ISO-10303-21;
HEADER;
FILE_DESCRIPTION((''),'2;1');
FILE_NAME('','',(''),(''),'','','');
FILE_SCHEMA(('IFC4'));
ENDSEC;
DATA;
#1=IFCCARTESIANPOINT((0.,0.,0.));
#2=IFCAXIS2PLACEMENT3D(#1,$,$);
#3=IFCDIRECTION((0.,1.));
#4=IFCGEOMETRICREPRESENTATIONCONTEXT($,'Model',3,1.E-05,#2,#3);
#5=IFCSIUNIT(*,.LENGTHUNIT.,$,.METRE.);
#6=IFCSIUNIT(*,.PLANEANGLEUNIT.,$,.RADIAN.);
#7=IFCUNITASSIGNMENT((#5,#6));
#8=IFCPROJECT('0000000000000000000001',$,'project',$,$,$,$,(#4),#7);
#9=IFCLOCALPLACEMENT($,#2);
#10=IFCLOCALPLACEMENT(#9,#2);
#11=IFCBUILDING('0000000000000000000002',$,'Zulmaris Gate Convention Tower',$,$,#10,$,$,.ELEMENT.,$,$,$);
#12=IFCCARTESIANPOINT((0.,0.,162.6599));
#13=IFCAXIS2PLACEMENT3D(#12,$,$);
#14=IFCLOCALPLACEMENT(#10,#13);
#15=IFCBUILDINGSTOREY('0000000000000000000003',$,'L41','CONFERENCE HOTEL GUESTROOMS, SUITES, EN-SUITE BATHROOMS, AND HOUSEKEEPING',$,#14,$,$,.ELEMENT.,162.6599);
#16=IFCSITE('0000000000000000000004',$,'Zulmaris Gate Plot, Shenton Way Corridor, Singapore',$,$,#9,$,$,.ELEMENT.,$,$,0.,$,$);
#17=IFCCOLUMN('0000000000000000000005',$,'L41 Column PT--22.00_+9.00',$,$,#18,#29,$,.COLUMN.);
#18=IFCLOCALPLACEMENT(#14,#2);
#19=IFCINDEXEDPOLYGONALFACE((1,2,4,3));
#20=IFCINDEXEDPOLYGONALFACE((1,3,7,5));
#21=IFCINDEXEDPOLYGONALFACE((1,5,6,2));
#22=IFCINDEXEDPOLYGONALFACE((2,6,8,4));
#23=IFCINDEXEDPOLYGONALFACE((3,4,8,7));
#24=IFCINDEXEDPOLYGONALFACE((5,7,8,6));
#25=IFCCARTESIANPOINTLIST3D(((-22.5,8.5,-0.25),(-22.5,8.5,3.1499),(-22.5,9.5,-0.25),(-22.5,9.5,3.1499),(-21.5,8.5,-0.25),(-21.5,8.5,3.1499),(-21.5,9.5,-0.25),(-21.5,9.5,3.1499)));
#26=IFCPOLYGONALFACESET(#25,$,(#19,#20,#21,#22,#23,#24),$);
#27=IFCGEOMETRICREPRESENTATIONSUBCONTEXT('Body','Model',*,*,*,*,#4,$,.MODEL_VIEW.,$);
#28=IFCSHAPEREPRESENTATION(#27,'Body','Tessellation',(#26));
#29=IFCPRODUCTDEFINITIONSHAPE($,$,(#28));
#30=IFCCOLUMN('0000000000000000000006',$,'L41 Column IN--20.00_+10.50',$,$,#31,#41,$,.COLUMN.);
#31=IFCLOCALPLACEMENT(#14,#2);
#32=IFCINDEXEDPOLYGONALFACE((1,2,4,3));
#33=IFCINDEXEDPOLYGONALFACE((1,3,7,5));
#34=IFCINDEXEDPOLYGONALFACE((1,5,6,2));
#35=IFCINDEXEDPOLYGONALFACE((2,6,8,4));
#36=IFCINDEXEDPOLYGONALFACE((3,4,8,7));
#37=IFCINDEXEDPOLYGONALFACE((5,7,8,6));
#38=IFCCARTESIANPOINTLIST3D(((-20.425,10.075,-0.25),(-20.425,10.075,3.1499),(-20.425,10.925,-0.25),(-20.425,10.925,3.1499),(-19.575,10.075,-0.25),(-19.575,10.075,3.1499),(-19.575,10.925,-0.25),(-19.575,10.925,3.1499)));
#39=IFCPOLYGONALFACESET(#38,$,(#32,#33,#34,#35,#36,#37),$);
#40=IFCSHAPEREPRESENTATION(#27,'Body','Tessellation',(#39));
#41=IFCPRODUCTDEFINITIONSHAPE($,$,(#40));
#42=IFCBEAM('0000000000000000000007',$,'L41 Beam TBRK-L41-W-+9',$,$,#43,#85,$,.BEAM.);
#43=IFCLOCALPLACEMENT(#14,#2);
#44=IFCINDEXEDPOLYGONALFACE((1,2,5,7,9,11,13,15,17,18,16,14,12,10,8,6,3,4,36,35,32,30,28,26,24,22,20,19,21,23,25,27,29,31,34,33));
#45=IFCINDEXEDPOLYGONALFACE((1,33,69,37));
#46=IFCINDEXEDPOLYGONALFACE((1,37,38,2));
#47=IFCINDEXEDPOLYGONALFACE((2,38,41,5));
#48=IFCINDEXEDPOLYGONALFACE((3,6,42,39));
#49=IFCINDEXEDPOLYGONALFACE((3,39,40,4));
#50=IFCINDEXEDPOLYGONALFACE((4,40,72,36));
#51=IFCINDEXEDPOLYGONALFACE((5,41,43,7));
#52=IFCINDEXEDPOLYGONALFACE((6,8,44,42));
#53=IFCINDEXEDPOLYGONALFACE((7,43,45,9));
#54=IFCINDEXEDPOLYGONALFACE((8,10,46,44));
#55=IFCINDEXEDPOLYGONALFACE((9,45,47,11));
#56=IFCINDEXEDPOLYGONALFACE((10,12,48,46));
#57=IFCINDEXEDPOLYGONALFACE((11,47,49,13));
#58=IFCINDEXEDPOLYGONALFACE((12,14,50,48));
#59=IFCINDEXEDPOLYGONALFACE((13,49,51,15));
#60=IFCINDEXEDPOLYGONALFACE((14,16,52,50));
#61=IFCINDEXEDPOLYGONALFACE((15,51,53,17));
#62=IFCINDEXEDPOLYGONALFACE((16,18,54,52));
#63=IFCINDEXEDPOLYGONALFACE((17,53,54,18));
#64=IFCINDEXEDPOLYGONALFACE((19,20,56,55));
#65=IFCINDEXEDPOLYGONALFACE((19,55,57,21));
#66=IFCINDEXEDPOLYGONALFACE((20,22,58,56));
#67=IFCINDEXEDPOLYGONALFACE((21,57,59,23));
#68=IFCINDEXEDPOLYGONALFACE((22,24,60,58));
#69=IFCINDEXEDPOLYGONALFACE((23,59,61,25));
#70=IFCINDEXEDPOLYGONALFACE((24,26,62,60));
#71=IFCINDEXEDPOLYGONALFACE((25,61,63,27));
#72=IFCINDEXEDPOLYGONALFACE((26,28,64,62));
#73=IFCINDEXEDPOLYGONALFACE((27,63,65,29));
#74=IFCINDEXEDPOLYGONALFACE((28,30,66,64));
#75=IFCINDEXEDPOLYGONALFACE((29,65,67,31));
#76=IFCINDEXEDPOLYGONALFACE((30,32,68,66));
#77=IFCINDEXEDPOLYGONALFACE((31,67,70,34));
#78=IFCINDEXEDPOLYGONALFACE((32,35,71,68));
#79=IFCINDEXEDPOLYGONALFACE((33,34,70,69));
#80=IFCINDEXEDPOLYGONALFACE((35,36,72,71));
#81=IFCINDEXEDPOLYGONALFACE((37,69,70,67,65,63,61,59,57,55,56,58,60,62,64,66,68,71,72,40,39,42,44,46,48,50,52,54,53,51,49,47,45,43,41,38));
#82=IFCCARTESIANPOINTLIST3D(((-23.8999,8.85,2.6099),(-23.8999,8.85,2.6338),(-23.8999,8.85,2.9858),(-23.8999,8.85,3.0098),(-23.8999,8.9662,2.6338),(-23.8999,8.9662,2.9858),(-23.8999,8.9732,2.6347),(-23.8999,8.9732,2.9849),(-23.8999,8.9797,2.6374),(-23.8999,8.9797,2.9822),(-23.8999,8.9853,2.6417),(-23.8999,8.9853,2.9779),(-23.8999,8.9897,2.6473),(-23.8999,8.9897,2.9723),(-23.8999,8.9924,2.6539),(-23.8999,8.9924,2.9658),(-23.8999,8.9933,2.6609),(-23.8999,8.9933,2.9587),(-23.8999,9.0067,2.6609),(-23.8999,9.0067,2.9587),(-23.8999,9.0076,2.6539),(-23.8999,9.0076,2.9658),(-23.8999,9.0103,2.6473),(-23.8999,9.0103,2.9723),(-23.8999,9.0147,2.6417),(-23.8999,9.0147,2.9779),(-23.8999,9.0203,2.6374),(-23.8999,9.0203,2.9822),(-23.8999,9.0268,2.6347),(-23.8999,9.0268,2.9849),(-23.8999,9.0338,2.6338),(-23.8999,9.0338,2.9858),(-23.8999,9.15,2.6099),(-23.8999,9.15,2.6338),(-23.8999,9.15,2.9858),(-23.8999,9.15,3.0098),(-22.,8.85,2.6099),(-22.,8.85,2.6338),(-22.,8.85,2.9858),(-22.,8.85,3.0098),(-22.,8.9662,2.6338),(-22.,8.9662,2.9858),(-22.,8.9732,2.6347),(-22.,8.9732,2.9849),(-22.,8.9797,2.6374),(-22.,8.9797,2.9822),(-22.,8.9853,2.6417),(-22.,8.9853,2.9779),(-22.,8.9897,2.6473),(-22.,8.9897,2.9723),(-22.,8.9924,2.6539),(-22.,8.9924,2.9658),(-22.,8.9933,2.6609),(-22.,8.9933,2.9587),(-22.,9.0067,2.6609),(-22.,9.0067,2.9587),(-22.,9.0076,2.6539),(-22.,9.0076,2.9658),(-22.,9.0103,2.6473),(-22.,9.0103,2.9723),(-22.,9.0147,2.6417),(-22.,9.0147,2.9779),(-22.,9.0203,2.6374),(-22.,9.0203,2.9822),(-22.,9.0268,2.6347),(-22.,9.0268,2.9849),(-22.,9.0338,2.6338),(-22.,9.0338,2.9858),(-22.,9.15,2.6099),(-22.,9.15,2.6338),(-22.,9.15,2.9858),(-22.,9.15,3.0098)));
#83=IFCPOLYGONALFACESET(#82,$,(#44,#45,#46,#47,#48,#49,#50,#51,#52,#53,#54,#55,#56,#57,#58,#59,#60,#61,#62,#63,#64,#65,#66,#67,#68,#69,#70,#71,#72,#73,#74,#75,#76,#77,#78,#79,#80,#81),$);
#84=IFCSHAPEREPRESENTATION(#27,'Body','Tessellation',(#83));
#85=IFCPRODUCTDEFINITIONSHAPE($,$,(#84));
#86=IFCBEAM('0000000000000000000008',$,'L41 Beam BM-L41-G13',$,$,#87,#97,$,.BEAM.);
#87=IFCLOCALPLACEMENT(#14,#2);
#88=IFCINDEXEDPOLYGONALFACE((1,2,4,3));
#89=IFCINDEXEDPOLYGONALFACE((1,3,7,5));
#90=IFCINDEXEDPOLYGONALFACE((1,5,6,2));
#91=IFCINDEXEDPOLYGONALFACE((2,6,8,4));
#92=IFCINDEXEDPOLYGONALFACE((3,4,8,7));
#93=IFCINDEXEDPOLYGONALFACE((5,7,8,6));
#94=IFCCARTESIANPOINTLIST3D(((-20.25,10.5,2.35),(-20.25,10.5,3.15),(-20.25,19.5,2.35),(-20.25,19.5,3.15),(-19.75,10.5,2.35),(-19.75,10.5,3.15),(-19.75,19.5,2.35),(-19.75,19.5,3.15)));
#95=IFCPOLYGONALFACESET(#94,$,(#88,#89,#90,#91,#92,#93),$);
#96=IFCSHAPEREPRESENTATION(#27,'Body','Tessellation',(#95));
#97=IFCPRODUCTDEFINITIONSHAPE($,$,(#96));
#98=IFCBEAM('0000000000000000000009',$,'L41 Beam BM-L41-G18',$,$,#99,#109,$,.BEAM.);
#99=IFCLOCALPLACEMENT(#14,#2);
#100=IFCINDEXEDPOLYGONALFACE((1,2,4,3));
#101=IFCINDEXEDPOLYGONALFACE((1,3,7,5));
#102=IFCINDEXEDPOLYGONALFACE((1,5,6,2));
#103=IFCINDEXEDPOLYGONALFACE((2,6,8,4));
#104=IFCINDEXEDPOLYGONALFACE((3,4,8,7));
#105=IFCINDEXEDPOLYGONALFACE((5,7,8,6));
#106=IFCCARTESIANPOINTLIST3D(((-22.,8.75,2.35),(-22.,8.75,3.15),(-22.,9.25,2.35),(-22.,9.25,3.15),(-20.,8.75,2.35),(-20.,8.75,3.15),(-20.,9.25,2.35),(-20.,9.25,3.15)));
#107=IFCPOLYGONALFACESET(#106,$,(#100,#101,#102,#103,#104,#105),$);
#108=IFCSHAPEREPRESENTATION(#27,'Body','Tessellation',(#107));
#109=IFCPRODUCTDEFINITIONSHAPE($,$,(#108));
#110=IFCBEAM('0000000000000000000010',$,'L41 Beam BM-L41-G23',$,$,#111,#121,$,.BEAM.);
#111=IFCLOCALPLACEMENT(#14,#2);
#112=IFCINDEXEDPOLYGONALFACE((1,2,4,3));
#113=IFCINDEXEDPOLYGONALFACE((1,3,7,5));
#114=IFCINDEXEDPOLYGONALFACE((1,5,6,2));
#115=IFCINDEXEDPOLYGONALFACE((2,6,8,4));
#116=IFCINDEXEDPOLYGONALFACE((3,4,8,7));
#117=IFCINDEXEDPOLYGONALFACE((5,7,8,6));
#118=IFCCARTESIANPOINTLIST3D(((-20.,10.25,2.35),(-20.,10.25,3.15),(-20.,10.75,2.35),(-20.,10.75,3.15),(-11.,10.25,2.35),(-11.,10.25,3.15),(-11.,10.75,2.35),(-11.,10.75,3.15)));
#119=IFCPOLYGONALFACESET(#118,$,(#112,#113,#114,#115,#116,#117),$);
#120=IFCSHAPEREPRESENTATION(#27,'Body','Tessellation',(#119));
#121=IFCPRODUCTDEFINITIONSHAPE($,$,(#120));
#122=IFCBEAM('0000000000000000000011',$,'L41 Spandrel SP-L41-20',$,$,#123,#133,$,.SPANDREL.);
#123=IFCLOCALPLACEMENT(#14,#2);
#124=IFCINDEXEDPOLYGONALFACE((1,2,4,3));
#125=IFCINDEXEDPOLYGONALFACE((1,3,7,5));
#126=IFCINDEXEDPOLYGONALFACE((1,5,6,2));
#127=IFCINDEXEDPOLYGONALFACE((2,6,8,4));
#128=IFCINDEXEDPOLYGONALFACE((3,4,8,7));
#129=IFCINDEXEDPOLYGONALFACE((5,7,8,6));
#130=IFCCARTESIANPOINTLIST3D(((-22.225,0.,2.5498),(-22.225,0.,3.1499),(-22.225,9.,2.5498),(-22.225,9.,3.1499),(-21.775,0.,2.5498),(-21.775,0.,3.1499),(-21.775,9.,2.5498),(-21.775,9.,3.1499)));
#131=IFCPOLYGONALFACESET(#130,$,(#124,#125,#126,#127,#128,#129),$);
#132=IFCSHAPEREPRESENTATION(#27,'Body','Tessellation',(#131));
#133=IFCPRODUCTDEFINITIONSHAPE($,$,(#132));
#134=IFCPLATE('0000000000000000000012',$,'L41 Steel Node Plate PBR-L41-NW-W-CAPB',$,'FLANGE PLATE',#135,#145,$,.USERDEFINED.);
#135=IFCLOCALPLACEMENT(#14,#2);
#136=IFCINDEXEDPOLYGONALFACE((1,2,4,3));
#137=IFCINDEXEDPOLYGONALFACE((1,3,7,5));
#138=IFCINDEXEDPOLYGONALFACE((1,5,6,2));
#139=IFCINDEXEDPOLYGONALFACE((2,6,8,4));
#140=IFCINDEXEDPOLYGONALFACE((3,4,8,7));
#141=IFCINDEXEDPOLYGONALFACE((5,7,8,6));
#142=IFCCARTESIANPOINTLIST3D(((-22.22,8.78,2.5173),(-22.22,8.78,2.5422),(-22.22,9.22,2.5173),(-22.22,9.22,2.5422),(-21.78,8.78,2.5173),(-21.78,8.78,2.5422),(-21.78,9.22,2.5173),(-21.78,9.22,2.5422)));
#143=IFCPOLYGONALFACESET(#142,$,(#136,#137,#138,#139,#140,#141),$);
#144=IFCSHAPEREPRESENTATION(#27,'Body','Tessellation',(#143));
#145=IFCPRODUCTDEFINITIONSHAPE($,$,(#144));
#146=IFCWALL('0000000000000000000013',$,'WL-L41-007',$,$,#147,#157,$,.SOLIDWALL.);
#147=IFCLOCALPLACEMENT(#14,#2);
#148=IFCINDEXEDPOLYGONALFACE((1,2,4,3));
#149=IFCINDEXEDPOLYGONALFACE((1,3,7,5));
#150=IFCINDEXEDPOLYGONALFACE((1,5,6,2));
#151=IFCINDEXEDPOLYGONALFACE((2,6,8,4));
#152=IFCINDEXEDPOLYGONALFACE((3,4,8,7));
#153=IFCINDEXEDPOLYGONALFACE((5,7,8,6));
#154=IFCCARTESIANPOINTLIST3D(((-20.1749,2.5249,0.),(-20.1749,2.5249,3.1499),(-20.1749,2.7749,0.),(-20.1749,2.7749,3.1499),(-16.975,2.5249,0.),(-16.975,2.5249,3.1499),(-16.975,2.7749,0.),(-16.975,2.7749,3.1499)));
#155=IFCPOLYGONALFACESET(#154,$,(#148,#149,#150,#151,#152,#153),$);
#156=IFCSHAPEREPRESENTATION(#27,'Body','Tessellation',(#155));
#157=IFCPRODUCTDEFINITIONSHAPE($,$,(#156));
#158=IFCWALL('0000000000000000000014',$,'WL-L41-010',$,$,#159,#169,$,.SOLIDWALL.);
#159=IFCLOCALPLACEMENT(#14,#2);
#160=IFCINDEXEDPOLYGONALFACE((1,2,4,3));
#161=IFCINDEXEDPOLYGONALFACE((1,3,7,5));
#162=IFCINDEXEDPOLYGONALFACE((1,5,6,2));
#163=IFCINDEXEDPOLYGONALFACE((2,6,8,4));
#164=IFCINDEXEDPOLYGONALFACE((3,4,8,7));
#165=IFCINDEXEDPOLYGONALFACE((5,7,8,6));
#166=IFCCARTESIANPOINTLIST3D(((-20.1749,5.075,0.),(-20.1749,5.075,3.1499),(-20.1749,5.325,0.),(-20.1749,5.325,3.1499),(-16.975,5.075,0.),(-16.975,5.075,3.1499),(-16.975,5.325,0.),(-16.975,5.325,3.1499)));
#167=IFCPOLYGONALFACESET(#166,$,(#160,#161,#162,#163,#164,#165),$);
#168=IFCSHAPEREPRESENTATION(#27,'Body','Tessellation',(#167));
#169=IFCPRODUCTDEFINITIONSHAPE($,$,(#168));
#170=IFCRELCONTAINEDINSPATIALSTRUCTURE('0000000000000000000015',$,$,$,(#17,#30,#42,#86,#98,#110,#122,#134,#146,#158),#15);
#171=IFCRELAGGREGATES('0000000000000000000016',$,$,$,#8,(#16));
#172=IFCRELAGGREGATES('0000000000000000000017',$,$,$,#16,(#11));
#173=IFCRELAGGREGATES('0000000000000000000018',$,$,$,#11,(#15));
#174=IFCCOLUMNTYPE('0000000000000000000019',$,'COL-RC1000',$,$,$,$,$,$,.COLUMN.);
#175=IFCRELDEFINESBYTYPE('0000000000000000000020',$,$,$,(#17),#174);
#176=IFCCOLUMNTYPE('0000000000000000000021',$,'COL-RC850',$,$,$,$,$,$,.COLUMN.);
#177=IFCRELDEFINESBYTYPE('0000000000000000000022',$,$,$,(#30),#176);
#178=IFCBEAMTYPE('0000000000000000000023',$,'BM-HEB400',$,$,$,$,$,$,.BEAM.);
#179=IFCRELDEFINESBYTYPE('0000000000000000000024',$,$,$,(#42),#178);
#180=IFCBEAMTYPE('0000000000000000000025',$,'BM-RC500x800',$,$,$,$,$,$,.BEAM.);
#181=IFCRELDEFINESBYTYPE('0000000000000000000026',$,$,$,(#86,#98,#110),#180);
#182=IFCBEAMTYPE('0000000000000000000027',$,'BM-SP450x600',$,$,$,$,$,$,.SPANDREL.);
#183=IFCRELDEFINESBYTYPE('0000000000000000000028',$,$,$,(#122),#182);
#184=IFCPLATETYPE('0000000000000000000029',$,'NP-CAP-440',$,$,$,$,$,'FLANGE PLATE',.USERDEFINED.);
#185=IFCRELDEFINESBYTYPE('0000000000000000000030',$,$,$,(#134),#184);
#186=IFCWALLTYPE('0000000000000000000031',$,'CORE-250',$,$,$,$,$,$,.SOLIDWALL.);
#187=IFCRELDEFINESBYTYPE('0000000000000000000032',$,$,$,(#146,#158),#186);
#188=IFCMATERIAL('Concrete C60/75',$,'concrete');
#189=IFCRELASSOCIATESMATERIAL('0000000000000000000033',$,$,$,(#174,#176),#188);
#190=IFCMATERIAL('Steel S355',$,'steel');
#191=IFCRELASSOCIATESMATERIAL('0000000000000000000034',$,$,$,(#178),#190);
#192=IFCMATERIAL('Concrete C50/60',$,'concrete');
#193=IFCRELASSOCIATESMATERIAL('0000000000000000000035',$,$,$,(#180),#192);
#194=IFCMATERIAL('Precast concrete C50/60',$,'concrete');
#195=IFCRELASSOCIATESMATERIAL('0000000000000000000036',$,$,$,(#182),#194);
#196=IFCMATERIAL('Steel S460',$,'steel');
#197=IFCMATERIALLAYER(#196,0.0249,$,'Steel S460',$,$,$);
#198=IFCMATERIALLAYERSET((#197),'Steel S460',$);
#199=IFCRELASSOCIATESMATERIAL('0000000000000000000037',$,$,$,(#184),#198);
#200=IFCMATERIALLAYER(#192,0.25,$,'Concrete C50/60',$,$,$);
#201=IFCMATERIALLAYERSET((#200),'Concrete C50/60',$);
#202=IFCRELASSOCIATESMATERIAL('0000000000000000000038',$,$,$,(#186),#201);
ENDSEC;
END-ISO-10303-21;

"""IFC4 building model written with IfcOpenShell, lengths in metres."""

from ifc_helpers import new_model, si_unit, direction, frame, frame_2d, origin, origin_2d, place, context, subcontext, project, spatial, rectangle, i_section, extrude, material, layer, layer_set, material_profile, profile_set, type_object, element, save


model = new_model("IFC4")

# Units and contexts
model_context = context("Model", 3, precision=1e-05, world=origin(), true_north=direction((0.0, 1.0)))
body_context = subcontext(model_context, "Body", "Model", "MODEL_VIEW")
ifc_project = project(units=[si_unit("LENGTHUNIT", "METRE"), si_unit("PLANEANGLEUNIT", "RADIAN")], contexts=[model_context])

# Site, building, storey
site_placement = place(None, origin())
site = spatial("IfcSite", under=ifc_project, at=site_placement, Name="Zulmaris Gate Plot, Shenton Way Corridor, Singapore", CompositionType="ELEMENT", RefElevation=0.0)
building_placement = place(site_placement, origin())
building = spatial("IfcBuilding", under=site, at=building_placement, Name="Zulmaris Gate Convention Tower", CompositionType="ELEMENT")
storey_placement = place(building_placement, frame((0.0, 0.0, 162.6599)))
storey = spatial("IfcBuildingStorey", under=building, at=storey_placement, Name="L41", Description="CONFERENCE HOTEL GUESTROOMS, SUITES, EN-SUITE BATHROOMS, AND HOUSEKEEPING", CompositionType="ELEMENT", Elevation=162.6599)

# Columns
ifc_material_1 = material(Name="Concrete C60/75", Category="concrete")
ifc_material_profile_1 = material_profile(ifc_material_1, rectangle(XDim=1.0, YDim=1.0, at=origin_2d()), Name="RC COL 1000x1000")
ifc_profile_set_1 = profile_set([ifc_material_profile_1], Name="Concrete C60/75")
column_type_1 = type_object("IfcColumnType", Name="COL-RC1000", PredefinedType="COLUMN", material=ifc_profile_set_1)
column_1_placement = place(storey_placement, frame((-22.0, 9.0, -0.25), z_axis=(0.0, 0.0, 1.0), x_axis=(1.0, 0.0, 0.0)))
element("IfcColumn", 1, at=column_1_placement, inside=storey, type_object=column_type_1, Name="L41 Column PT--22.00_+9.00", PredefinedType="COLUMN", context=body_context, shape_type="SweptSolid", body=[
    extrude(rectangle(XDim=1.0, YDim=1.0, at=origin_2d()), origin(), (0.0, 0.0, 1.0), 3.3999),
])
ifc_material_profile_2 = material_profile(ifc_material_1, rectangle(XDim=0.8501, YDim=0.8501, at=origin_2d()), Name="RC COL 850x850")
ifc_profile_set_2 = profile_set([ifc_material_profile_2], Name="Concrete C60/75")
column_type_2 = type_object("IfcColumnType", Name="COL-RC850", PredefinedType="COLUMN", material=ifc_profile_set_2)
column_2_placement = place(storey_placement, frame((-20.0, 10.5, -0.25), z_axis=(0.0, 0.0, 1.0), x_axis=(1.0, 0.0, 0.0)))
element("IfcColumn", 2, at=column_2_placement, inside=storey, type_object=column_type_2, Name="L41 Column IN--20.00_+10.50", PredefinedType="COLUMN", context=body_context, shape_type="SweptSolid", body=[
    extrude(rectangle(XDim=0.8501, YDim=0.8501, at=origin_2d()), origin(), (0.0, 0.0, 1.0), 3.3999),
])

# Beams
ifc_material_2 = material(Name="Steel S355", Category="steel")
ifc_material_profile_3 = material_profile(ifc_material_2, i_section(OverallWidth=0.3, OverallDepth=0.3999, WebThickness=0.0134, FlangeThickness=0.0239, FilletRadius=0.0271, at=origin_2d()), Name="HEB 400")
ifc_profile_set_3 = profile_set([ifc_material_profile_3], Name="Steel S355")
beam_type_1 = type_object("IfcBeamType", Name="BM-HEB400", PredefinedType="BEAM", material=ifc_profile_set_3)
beam_1_placement = place(storey_placement, frame((-23.8999, 9.0, 2.8098), z_axis=(1.0, 0.0, 0.0), x_axis=(0.0, 1.0, 0.0)))
element("IfcBeam", 3, at=beam_1_placement, inside=storey, type_object=beam_type_1, Name="L41 Beam TBRK-L41-W-+9", PredefinedType="BEAM", context=body_context, shape_type="SweptSolid", body=[
    extrude(i_section(OverallWidth=0.3, OverallDepth=0.3999, WebThickness=0.0134, FlangeThickness=0.0239, FilletRadius=0.0271, at=origin_2d()), origin(), (0.0, 0.0, 1.0), 1.8999),
])
ifc_material_3 = material(Name="Concrete C50/60", Category="concrete")
ifc_material_profile_4 = material_profile(ifc_material_3, rectangle(XDim=0.5, YDim=0.8, at=origin_2d()), Name="RC BEAM 500x800")
ifc_profile_set_4 = profile_set([ifc_material_profile_4], Name="Concrete C50/60")
beam_type_2 = type_object("IfcBeamType", Name="BM-RC500x800", PredefinedType="BEAM", material=ifc_profile_set_4)
beam_2_placement = place(storey_placement, frame((-20.0, 10.5, 2.75), z_axis=(0.0, 1.0, 0.0), x_axis=(-1.0, 0.0, 0.0)))
element("IfcBeam", 4, at=beam_2_placement, inside=storey, type_object=beam_type_2, Name="L41 Beam BM-L41-G13", PredefinedType="BEAM", context=body_context, shape_type="SweptSolid", body=[
    extrude(rectangle(XDim=0.5, YDim=0.8, at=origin_2d()), origin(), (0.0, 0.0, 1.0), 9.0),
])
beam_3_placement = place(storey_placement, frame((-22.0, 9.0, 2.75), z_axis=(1.0, 0.0, 0.0), x_axis=(0.0, 1.0, 0.0)))
element("IfcBeam", 5, at=beam_3_placement, inside=storey, type_object=beam_type_2, Name="L41 Beam BM-L41-G18", PredefinedType="BEAM", context=body_context, shape_type="SweptSolid", body=[
    extrude(rectangle(XDim=0.5, YDim=0.8, at=origin_2d()), origin(), (0.0, 0.0, 1.0), 2.0),
])
beam_4_placement = place(storey_placement, frame((-20.0, 10.5, 2.75), z_axis=(1.0, 0.0, 0.0), x_axis=(0.0, 1.0, 0.0)))
element("IfcBeam", 6, at=beam_4_placement, inside=storey, type_object=beam_type_2, Name="L41 Beam BM-L41-G23", PredefinedType="BEAM", context=body_context, shape_type="SweptSolid", body=[
    extrude(rectangle(XDim=0.5, YDim=0.8, at=origin_2d()), origin(), (0.0, 0.0, 1.0), 9.0),
])
ifc_material_4 = material(Name="Precast concrete C50/60", Category="concrete")
ifc_material_profile_5 = material_profile(ifc_material_4, rectangle(XDim=0.45, YDim=0.6001, at=origin_2d()), Name="RC SPANDREL 450x600")
ifc_profile_set_5 = profile_set([ifc_material_profile_5], Name="Precast concrete C50/60")
beam_type_3 = type_object("IfcBeamType", Name="BM-SP450x600", PredefinedType="SPANDREL", material=ifc_profile_set_5)
beam_5_placement = place(storey_placement, frame((-22.0, 9.0, 2.8499), z_axis=(0.0, -1.0, 0.0), x_axis=(1.0, 0.0, 0.0)))
element("IfcBeam", 7, at=beam_5_placement, inside=storey, type_object=beam_type_3, Name="L41 Spandrel SP-L41-20", PredefinedType="SPANDREL", context=body_context, shape_type="SweptSolid", body=[
    extrude(rectangle(XDim=0.45, YDim=0.6001, at=origin_2d()), origin(), (0.0, 0.0, 1.0), 9.0),
])

# Plate
ifc_material_5 = material(Name="Steel S460", Category="steel")
ifc_layer_1 = layer(ifc_material_5, 0.0249, Name="Steel S460")
ifc_layer_set_1 = layer_set([ifc_layer_1], Name="Steel S460")
plate_type = type_object("IfcPlateType", Name="NP-CAP-440", ElementType="FLANGE PLATE", PredefinedType="USERDEFINED", material=ifc_layer_set_1)
plate_placement = place(storey_placement, frame((-22.0, 9.0, 2.5173), z_axis=(0.0, 0.0, 1.0), x_axis=(1.0, 0.0, 0.0)))
element("IfcPlate", 8, at=plate_placement, inside=storey, type_object=plate_type, Name="L41 Steel Node Plate PBR-L41-NW-W-CAPB", ObjectType="FLANGE PLATE", PredefinedType="USERDEFINED", context=body_context, shape_type="SweptSolid", body=[
    extrude(rectangle(XDim=0.4399, YDim=0.4399, at=origin_2d()), origin(), (0.0, 0.0, 1.0), 0.0249),
])

# Walls
ifc_layer_2 = layer(ifc_material_3, 0.25, Name="Concrete C50/60")
ifc_layer_set_2 = layer_set([ifc_layer_2], Name="Concrete C50/60")
wall_type_1 = type_object("IfcWallType", Name="CORE-250", PredefinedType="SOLIDWALL", material=ifc_layer_set_2)
for number, where, z_axis, x_axis, name in (
    (9, (-20.175, 2.6499, 0.0), (0.0, 0.0, 1.0), (1.0, 0.0, 0.0), "WL-L41-007"),
    (10, (-20.175, 5.2, 0.0), (0.0, 0.0, 1.0), (1.0, 0.0, 0.0), "WL-L41-010"),
):
    element("IfcWall", number, at=place(storey_placement, frame(where, z_axis=z_axis, x_axis=x_axis)), inside=storey, type_object=wall_type_1, Name=name, PredefinedType="SOLIDWALL", context=body_context, shape_type="SweptSolid", body=[
        extrude(rectangle(XDim=3.2, YDim=0.25, at=frame_2d((1.6001, 0.0))), origin(), (0.0, 0.0, 1.0), 3.1499),
    ])

save(model, "model.ifc")
